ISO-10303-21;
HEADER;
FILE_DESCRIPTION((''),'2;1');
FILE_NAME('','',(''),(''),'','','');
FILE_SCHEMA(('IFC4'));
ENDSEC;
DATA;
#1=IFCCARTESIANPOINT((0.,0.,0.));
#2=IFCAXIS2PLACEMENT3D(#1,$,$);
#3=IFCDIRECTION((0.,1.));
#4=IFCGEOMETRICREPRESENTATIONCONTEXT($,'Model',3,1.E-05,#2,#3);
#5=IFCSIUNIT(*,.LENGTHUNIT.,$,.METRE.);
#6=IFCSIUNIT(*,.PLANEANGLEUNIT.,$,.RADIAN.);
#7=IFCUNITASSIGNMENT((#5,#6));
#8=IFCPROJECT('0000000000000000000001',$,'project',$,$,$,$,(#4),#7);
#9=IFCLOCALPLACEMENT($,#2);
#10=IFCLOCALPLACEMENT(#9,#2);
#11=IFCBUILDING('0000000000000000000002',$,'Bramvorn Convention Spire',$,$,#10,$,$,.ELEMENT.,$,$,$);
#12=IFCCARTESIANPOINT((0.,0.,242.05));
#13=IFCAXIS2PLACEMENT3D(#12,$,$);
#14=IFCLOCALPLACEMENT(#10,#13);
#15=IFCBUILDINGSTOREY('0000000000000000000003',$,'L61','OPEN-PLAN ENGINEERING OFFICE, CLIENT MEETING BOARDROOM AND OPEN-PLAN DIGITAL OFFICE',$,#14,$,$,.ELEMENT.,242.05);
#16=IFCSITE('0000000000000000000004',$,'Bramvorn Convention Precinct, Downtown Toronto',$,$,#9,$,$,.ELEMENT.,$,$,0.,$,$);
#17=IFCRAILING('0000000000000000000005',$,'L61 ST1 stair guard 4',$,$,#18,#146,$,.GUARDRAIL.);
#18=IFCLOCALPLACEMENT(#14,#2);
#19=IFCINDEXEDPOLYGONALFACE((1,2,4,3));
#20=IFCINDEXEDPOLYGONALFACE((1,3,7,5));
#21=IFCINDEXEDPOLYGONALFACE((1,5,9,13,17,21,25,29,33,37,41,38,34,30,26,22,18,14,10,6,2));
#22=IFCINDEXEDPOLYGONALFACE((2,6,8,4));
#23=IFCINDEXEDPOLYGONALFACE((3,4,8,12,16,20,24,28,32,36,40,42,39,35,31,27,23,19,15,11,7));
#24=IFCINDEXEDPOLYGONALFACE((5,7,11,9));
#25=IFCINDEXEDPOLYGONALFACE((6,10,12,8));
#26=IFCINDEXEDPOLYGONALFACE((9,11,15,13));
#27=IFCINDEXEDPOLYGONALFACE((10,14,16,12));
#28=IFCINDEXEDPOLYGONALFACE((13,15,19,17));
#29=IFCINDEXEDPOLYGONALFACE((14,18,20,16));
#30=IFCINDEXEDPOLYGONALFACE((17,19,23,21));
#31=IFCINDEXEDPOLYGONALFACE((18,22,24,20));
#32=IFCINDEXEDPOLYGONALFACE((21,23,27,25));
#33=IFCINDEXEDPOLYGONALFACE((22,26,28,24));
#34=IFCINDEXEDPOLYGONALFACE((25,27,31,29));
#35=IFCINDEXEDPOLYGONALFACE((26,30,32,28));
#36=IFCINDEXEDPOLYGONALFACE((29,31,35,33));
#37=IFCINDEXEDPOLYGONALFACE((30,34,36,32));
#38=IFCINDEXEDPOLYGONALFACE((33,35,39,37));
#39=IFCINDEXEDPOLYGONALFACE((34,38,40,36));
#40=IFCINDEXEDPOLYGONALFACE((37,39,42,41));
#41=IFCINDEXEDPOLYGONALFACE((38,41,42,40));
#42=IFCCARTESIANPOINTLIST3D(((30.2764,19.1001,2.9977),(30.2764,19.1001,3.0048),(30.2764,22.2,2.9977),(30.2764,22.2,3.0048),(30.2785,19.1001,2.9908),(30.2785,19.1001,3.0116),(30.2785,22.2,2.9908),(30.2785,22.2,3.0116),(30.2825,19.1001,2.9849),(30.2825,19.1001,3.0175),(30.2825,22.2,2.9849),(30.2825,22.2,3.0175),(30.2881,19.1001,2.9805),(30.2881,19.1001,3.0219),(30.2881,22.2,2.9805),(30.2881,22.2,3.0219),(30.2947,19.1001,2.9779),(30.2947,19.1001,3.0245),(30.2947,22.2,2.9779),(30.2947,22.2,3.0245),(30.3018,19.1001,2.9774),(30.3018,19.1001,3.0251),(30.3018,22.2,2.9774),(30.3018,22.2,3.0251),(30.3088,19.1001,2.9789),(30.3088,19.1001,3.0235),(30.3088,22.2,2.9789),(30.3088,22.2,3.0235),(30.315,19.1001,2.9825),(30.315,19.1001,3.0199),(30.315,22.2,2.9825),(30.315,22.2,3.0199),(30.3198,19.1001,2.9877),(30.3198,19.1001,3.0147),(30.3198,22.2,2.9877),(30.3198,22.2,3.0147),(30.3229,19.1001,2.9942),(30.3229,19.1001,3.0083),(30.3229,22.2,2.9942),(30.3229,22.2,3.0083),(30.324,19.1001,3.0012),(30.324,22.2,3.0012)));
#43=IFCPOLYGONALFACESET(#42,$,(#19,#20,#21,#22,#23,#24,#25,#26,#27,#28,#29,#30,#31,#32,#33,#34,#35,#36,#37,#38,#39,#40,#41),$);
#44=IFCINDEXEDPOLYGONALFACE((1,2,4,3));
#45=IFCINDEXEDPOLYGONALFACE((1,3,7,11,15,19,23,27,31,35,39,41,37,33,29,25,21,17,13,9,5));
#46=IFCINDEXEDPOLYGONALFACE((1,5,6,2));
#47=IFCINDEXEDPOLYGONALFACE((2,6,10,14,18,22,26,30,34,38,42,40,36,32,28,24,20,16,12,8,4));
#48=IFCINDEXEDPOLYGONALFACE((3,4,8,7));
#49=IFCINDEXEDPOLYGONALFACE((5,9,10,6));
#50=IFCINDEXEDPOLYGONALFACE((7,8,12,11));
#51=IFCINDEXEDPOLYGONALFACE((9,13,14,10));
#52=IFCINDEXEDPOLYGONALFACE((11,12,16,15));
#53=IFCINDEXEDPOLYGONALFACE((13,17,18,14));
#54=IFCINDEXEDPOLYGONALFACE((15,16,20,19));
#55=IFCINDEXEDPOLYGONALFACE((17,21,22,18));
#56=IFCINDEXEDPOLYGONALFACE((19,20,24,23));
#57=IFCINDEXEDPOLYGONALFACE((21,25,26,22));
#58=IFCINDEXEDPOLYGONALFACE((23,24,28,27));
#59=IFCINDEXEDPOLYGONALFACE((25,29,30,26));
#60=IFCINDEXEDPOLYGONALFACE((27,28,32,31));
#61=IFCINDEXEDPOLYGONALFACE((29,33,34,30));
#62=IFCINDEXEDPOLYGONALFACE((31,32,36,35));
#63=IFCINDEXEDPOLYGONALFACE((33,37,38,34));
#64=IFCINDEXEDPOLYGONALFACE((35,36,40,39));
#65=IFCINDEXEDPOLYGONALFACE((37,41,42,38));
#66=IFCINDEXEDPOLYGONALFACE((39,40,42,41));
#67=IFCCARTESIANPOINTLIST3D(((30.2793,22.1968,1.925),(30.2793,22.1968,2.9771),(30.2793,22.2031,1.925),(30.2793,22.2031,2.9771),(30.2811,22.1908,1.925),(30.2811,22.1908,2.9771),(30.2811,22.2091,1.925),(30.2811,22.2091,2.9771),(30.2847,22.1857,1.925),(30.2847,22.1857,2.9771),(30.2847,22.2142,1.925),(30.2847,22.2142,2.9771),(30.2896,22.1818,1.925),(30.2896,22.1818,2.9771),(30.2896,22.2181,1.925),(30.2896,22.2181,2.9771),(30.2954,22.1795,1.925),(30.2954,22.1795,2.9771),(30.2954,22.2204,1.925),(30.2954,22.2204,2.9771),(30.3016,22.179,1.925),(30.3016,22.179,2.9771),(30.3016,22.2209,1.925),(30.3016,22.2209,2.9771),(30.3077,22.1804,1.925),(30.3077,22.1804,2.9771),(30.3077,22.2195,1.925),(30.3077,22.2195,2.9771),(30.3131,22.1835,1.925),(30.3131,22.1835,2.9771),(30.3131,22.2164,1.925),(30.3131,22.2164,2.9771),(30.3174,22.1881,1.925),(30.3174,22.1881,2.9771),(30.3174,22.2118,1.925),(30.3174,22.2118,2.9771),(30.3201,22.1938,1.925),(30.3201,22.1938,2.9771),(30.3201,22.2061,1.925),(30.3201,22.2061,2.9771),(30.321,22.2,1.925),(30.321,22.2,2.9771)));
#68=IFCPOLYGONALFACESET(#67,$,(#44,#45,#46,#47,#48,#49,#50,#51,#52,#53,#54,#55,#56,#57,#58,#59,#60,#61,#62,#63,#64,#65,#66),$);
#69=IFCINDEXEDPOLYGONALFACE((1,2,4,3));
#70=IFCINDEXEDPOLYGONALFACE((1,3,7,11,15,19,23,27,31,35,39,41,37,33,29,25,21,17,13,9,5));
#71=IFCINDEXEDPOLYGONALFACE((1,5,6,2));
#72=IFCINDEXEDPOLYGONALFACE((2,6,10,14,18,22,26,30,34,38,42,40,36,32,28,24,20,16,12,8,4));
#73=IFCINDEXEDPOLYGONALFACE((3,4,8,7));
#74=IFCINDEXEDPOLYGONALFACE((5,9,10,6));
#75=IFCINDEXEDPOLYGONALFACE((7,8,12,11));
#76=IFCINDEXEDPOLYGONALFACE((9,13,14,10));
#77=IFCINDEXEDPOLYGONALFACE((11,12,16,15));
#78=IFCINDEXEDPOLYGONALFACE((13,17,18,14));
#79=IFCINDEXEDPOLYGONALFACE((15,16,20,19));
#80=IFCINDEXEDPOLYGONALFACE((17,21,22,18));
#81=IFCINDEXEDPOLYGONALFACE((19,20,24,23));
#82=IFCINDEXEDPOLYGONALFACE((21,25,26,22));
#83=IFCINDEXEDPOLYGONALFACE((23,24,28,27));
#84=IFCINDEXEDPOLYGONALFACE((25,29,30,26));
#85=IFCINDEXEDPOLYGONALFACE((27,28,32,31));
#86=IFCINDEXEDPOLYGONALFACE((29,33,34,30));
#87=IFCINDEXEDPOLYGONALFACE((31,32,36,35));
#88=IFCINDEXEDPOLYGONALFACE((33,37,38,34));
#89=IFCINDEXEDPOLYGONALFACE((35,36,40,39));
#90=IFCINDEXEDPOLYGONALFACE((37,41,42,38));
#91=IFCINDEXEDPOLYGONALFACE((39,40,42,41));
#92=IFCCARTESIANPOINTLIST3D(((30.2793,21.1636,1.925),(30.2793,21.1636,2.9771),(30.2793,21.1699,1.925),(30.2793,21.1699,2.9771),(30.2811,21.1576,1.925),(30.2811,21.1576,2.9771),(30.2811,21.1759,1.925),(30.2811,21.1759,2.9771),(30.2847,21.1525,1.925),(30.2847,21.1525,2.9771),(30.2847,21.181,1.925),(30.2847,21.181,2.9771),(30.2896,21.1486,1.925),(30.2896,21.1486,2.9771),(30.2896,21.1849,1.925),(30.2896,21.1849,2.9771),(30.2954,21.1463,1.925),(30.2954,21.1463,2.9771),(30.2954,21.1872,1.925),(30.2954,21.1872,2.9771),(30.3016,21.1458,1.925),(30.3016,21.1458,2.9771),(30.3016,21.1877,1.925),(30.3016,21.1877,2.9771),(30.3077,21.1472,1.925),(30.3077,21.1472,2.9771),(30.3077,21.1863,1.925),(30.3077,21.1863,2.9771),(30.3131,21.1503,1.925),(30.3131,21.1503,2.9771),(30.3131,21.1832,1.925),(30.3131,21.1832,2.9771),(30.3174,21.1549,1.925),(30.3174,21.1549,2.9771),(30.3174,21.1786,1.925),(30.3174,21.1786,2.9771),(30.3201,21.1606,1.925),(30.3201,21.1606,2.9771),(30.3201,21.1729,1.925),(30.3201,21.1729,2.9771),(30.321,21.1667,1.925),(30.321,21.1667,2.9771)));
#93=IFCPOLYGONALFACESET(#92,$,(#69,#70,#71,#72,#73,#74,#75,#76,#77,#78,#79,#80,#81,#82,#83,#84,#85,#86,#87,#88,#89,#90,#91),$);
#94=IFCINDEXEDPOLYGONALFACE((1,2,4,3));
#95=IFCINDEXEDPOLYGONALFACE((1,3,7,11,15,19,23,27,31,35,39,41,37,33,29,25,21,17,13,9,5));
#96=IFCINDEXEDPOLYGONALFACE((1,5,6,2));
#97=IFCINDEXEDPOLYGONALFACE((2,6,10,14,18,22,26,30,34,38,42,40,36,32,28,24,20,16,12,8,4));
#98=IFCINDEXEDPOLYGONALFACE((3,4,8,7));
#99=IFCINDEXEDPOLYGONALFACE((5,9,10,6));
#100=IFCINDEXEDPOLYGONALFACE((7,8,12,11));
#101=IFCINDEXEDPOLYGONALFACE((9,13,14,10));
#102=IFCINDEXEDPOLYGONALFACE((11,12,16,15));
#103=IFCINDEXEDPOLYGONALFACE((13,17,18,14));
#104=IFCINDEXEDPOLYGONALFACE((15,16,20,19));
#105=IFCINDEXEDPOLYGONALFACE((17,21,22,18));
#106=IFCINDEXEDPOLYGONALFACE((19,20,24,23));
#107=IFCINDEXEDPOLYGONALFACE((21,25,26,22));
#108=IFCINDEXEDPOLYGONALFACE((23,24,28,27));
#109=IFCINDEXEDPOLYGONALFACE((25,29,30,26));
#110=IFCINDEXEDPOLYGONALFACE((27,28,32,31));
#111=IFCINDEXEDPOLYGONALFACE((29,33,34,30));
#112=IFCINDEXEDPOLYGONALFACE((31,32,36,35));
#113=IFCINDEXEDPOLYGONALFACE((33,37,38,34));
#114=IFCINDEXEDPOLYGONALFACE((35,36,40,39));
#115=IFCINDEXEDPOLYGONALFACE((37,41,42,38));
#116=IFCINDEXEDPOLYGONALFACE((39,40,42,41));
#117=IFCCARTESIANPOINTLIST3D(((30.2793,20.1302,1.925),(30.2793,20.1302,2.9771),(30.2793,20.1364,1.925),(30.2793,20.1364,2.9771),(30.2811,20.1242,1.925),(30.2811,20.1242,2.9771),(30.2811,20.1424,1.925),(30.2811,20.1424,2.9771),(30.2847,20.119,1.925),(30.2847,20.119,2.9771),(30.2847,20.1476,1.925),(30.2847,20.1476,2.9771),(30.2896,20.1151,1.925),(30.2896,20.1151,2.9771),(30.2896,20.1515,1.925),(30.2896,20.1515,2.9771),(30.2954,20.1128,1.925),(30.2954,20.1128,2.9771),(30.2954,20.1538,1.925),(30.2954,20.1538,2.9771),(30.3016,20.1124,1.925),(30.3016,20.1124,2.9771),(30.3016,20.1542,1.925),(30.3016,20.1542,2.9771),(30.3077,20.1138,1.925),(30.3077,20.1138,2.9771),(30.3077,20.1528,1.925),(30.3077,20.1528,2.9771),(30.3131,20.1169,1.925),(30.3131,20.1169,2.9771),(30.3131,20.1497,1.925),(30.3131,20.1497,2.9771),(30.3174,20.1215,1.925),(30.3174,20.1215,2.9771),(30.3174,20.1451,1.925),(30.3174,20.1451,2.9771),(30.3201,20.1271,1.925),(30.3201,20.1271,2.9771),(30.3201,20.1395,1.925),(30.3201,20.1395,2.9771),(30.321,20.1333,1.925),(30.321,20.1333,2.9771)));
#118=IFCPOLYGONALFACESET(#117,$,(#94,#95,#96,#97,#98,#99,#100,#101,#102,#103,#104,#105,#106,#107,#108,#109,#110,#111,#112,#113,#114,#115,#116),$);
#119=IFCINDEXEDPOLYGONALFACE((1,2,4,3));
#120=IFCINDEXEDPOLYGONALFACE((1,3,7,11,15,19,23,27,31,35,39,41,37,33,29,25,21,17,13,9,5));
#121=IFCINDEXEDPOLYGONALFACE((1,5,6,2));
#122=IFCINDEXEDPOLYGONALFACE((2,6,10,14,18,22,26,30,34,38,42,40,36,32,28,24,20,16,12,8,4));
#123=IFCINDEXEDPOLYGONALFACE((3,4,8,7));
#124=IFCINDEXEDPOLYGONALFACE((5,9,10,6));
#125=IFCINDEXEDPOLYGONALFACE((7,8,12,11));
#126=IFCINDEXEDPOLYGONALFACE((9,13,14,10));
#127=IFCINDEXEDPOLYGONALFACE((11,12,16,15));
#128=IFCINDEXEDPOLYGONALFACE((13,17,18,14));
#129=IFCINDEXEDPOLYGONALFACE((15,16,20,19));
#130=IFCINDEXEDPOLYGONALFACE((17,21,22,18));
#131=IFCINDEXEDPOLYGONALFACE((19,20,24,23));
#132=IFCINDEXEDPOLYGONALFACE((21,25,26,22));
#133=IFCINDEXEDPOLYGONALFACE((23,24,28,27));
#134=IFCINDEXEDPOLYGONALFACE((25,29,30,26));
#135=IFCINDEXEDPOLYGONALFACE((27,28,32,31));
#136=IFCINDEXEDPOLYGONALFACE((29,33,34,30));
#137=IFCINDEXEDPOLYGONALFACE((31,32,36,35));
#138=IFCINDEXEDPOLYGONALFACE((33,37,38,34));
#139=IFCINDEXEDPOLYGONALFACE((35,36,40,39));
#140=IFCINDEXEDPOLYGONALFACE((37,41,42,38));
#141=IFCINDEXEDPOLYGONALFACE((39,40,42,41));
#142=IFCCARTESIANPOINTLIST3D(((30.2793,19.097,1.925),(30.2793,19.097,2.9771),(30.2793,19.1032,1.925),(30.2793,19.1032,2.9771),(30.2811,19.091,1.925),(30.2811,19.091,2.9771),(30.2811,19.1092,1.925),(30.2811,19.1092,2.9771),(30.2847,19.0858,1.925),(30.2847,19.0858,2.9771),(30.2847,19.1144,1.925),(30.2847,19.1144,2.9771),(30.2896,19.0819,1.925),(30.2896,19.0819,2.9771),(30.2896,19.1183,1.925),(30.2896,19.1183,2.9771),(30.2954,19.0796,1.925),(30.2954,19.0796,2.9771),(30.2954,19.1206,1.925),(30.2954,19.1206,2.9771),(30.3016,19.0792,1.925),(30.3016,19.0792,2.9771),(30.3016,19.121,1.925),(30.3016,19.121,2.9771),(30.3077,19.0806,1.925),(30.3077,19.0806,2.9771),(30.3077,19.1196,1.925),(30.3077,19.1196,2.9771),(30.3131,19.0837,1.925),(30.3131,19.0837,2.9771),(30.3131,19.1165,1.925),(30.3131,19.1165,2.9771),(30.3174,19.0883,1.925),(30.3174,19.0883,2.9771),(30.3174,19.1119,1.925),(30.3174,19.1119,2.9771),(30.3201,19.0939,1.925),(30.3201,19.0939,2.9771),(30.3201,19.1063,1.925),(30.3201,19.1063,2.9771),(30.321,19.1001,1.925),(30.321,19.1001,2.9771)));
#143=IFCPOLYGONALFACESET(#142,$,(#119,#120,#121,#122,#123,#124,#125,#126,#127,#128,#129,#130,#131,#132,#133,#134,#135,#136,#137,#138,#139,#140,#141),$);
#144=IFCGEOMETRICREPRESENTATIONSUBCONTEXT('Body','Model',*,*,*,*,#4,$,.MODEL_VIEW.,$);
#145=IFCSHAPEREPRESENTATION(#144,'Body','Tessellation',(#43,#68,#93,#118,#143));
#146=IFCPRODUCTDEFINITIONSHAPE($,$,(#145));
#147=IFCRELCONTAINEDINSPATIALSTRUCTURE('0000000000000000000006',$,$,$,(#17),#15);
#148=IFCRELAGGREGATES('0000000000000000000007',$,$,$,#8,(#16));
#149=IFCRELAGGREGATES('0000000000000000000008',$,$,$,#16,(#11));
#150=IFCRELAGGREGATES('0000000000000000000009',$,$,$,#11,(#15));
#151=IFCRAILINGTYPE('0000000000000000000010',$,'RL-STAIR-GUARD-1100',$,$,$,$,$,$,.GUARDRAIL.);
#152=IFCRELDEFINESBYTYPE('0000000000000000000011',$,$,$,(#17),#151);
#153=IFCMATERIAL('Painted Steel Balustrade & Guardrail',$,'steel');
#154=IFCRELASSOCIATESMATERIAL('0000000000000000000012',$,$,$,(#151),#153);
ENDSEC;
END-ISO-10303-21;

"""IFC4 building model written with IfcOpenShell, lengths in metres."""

from ifc_helpers import new_model, si_unit, direction, frame, origin, origin_2d, place, context, subcontext, project, spatial, circle, extrude, material, type_object, element, save


model = new_model("IFC4")

# Units and contexts
model_context = context("Model", 3, precision=1e-05, world=origin(), true_north=direction((0.0, 1.0)))
body_context = subcontext(model_context, "Body", "Model", "MODEL_VIEW")
ifc_project = project(units=[si_unit("LENGTHUNIT", "METRE"), si_unit("PLANEANGLEUNIT", "RADIAN")], contexts=[model_context])

# Site, building, storey
site_placement = place(None, origin())
site = spatial("IfcSite", under=ifc_project, at=site_placement, Name="Bramvorn Convention Precinct, Downtown Toronto", CompositionType="ELEMENT", RefElevation=0.0)
building_placement = place(site_placement, origin())
building = spatial("IfcBuilding", under=site, at=building_placement, Name="Bramvorn Convention Spire", CompositionType="ELEMENT")
storey_placement = place(building_placement, frame((0.0, 0.0, 242.05)))
storey = spatial("IfcBuildingStorey", under=building, at=storey_placement, Name="L61", Description="OPEN-PLAN ENGINEERING OFFICE, CLIENT MEETING BOARDROOM AND OPEN-PLAN DIGITAL OFFICE", CompositionType="ELEMENT", Elevation=242.05)

# Railing
ifc_material_1 = material(Name="Painted Steel Balustrade & Guardrail", Category="steel")
railing_type_1 = type_object("IfcRailingType", Name="RL-STAIR-GUARD-1100", PredefinedType="GUARDRAIL", material=ifc_material_1)
for number, where, name in (
    (1, (30.3, 22.2, 1.925), "L61 ST1 stair guard 4"),
):
    element("IfcRailing", number, at=place(storey_placement, frame(where)), inside=storey, type_object=railing_type_1, Name=name, PredefinedType="GUARDRAIL", context=body_context, shape_type="SweptSolid", body=[
        extrude(circle(Radius=0.0239, at=origin_2d()), frame((0.0, 0.0, 1.0762), z_axis=(0.0, -1.0, 0.0), x_axis=(1.0, 0.0, 0.0)), (0.0, 0.0, 1.0), 3.0999),
        extrude(circle(Radius=0.021, at=origin_2d()), origin(), (0.0, 0.0, 1.0), 1.052),
        extrude(circle(Radius=0.021, at=origin_2d()), frame((0.0, -1.0332, 0.0)), (0.0, 0.0, 1.0), 1.052),
        extrude(circle(Radius=0.021, at=origin_2d()), frame((0.0, -2.0667, 0.0)), (0.0, 0.0, 1.0), 1.052),
        extrude(circle(Radius=0.021, at=origin_2d()), frame((0.0, -3.0999, 0.0)), (0.0, 0.0, 1.0), 1.052),
    ])

save(model, "model.ifc")
